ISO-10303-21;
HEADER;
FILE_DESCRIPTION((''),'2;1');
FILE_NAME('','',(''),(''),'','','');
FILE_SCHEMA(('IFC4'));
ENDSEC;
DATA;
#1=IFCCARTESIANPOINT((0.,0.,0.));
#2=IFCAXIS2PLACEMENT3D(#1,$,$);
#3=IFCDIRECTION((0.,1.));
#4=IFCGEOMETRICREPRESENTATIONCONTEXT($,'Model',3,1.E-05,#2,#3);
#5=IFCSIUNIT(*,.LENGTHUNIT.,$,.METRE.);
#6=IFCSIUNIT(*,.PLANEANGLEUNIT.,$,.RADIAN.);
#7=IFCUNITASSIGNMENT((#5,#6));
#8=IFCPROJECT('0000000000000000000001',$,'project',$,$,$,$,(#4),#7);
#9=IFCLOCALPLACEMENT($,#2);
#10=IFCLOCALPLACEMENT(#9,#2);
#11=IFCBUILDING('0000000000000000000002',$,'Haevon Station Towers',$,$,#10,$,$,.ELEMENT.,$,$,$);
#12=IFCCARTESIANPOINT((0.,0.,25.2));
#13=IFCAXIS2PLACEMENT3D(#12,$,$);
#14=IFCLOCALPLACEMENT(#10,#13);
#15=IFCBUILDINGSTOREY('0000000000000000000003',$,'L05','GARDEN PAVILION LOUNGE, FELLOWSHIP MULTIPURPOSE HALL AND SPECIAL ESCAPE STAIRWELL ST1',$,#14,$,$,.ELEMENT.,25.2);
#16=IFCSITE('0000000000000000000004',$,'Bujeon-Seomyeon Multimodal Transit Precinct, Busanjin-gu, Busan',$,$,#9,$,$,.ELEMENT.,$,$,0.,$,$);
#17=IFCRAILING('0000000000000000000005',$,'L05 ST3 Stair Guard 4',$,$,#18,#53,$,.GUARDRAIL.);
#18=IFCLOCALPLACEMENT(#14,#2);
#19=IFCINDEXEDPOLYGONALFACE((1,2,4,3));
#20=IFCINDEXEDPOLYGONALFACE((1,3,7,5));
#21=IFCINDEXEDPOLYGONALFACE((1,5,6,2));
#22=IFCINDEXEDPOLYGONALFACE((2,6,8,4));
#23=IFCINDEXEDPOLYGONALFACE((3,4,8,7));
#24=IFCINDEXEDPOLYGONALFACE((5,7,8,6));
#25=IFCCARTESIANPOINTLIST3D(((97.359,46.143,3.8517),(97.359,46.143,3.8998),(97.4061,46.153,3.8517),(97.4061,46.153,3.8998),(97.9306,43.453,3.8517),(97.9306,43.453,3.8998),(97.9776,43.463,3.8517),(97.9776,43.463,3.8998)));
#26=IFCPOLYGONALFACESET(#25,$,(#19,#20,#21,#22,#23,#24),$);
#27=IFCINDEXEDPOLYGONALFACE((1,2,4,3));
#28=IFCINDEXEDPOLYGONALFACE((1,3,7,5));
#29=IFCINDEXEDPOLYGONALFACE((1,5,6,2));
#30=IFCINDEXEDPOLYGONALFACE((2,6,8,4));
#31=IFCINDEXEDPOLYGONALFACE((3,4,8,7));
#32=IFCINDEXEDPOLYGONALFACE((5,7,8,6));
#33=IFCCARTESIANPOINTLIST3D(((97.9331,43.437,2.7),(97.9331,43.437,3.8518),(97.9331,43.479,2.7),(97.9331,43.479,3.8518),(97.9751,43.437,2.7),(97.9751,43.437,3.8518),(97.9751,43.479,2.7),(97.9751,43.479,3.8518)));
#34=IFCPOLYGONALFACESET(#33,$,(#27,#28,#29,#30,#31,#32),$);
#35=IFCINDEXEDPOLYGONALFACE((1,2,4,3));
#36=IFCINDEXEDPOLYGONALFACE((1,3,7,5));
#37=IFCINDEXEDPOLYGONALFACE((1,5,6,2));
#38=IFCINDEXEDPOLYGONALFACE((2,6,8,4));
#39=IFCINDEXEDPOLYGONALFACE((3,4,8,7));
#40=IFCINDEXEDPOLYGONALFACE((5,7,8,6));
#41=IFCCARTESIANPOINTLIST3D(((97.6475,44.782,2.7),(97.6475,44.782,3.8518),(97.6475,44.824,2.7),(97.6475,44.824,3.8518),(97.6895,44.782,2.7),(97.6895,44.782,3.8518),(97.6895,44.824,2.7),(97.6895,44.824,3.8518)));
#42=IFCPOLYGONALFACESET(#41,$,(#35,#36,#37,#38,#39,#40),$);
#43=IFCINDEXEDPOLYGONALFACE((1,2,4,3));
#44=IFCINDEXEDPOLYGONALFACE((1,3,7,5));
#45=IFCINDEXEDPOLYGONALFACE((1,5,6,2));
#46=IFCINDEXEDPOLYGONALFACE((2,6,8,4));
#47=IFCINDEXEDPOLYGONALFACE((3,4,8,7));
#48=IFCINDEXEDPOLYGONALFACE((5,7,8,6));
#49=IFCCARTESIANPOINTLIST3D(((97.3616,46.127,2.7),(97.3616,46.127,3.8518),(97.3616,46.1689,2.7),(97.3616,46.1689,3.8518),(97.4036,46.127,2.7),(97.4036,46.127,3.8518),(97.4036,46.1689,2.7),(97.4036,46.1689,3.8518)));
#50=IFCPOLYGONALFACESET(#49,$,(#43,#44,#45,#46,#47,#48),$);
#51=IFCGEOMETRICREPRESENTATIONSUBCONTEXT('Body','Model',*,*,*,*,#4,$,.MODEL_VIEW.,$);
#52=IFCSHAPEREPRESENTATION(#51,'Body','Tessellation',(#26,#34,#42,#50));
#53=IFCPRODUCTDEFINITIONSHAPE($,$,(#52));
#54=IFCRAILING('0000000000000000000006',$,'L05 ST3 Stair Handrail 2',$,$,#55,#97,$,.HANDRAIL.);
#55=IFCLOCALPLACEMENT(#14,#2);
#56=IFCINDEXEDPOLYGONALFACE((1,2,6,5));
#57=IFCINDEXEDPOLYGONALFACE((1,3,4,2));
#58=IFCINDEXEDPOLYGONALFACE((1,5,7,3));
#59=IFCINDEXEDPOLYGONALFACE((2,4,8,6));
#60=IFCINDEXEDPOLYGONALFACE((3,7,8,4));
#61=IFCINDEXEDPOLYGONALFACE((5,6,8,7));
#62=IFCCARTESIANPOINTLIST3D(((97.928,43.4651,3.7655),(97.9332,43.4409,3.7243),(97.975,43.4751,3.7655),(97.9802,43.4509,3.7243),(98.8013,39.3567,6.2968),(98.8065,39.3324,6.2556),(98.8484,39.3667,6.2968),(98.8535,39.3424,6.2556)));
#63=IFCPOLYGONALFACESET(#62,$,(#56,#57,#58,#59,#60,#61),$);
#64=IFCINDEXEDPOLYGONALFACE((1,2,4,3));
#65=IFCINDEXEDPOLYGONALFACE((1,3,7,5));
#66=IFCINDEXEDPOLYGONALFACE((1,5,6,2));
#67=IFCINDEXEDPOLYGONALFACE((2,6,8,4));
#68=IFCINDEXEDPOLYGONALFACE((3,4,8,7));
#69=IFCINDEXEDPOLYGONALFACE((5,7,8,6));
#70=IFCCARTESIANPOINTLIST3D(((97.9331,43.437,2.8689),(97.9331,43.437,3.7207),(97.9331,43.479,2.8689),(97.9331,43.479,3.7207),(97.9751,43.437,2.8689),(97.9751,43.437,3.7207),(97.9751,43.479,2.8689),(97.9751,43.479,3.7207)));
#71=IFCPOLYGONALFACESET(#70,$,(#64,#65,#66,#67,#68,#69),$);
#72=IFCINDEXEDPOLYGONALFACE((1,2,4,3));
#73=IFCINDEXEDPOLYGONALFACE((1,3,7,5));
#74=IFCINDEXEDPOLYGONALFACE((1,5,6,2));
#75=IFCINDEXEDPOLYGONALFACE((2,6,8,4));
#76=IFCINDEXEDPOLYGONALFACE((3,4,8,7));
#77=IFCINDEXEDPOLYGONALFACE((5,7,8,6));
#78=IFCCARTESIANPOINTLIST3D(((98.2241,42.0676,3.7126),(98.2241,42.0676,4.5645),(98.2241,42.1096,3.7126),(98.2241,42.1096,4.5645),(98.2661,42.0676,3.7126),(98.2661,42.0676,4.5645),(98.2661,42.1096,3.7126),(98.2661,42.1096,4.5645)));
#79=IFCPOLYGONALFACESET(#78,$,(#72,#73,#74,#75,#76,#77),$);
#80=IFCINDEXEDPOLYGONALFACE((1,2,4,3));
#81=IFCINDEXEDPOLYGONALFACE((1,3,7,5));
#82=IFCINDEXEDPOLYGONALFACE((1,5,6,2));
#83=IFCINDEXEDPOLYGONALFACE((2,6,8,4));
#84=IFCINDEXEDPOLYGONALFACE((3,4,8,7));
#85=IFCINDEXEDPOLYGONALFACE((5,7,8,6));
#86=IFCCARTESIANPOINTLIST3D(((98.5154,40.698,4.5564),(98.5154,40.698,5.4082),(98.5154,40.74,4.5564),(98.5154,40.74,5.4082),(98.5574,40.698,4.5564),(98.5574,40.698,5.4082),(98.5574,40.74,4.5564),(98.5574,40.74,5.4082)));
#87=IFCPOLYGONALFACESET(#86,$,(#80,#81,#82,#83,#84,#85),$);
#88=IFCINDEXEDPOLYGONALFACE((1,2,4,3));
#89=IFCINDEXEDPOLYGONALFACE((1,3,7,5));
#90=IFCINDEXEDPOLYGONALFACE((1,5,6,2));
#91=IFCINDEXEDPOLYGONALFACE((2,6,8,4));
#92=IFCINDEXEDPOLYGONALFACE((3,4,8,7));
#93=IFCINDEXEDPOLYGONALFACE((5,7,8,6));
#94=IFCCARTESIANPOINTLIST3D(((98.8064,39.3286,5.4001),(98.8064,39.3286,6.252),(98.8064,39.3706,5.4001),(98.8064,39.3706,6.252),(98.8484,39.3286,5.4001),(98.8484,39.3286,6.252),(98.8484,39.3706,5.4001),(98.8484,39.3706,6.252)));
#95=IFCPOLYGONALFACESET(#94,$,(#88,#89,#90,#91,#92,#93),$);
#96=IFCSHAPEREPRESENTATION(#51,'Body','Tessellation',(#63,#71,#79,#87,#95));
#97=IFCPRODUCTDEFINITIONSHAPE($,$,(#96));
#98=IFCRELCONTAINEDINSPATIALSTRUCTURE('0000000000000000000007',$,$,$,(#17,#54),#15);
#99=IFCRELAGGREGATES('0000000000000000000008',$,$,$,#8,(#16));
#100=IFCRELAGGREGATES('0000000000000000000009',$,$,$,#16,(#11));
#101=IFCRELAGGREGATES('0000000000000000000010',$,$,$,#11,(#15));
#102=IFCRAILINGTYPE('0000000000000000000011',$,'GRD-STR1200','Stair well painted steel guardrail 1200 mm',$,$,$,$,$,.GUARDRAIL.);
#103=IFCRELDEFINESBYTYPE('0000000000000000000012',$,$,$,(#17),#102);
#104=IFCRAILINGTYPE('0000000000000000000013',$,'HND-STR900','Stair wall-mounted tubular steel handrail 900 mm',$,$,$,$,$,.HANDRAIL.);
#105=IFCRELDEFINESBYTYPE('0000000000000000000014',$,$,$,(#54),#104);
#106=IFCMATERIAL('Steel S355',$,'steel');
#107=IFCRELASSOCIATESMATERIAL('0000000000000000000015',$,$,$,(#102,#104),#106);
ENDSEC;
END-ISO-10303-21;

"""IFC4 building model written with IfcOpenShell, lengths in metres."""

from ifc_helpers import new_model, si_unit, direction, frame, origin, origin_2d, place, context, subcontext, project, spatial, rectangle, extrude, material, type_object, element, save


model = new_model("IFC4")

# Units and contexts
model_context = context("Model", 3, precision=1e-05, world=origin(), true_north=direction((0.0, 1.0)))
body_context = subcontext(model_context, "Body", "Model", "MODEL_VIEW")
ifc_project = project(units=[si_unit("LENGTHUNIT", "METRE"), si_unit("PLANEANGLEUNIT", "RADIAN")], contexts=[model_context])

# Site, building, storey
site_placement = place(None, origin())
site = spatial("IfcSite", under=ifc_project, at=site_placement, Name="Bujeon-Seomyeon Multimodal Transit Precinct, Busanjin-gu, Busan", CompositionType="ELEMENT", RefElevation=0.0)
building_placement = place(site_placement, origin())
building = spatial("IfcBuilding", under=site, at=building_placement, Name="Haevon Station Towers", CompositionType="ELEMENT")
storey_placement = place(building_placement, frame((0.0, 0.0, 25.2)))
storey = spatial("IfcBuildingStorey", under=building, at=storey_placement, Name="L05", Description="GARDEN PAVILION LOUNGE, FELLOWSHIP MULTIPURPOSE HALL AND SPECIAL ESCAPE STAIRWELL ST1", CompositionType="ELEMENT", Elevation=25.2)

# Railings
ifc_material_1 = material(Name="Steel S355", Category="steel")
railing_type_1 = type_object("IfcRailingType", Name="GRD-STR1200", Description="Stair well painted steel guardrail 1200 mm", PredefinedType="GUARDRAIL", material=ifc_material_1)
railing_1_placement = place(storey_placement, frame((97.9541, 43.458, 2.7)))
element("IfcRailing", 1, at=railing_1_placement, inside=storey, type_object=railing_type_1, Name="L05 ST3 Stair Guard 4", PredefinedType="GUARDRAIL", context=body_context, shape_type="SweptSolid", body=[
    extrude(rectangle(XDim=0.0481, YDim=0.0481, at=origin_2d()), frame((0.0, 0.0, 1.1758), z_axis=(-0.207831, 0.978165, 0.0), x_axis=(-0.978165, -0.207831, 0.0)), (0.0, 0.0, 1.0), 2.75),
    extrude(rectangle(XDim=0.042, YDim=0.042, at=origin_2d()), origin(), (0.0, 0.0, 1.0), 1.1519),
    extrude(rectangle(XDim=0.042, YDim=0.042, at=origin_2d()), frame((-0.2856, 1.345, 0.0)), (0.0, 0.0, 1.0), 1.1519),
    extrude(rectangle(XDim=0.042, YDim=0.042, at=origin_2d()), frame((-0.5715, 2.6899, 0.0)), (0.0, 0.0, 1.0), 1.1519),
])
railing_type_2 = type_object("IfcRailingType", Name="HND-STR900", Description="Stair wall-mounted tubular steel handrail 900 mm", PredefinedType="HANDRAIL", material=ifc_material_1)
railing_2_placement = place(storey_placement, frame((97.9541, 43.458, 2.8689)))
element("IfcRailing", 2, at=railing_2_placement, inside=storey, type_object=railing_type_2, Name="L05 ST3 Stair Handrail 2", PredefinedType="HANDRAIL", context=body_context, shape_type="SweptSolid", body=[
    extrude(rectangle(XDim=0.0481, YDim=0.0481, at=origin_2d()), frame((0.0, 0.0, 0.876), z_axis=(0.178079, -0.837772, 0.516165), x_axis=(0.978146, 0.207917, 0.0)), (0.0, 0.0, 1.0), 4.9041),
    extrude(rectangle(XDim=0.042, YDim=0.042, at=origin_2d()), origin(), (0.0, 0.0, 1.0), 0.8518),
    extrude(rectangle(XDim=0.042, YDim=0.042, at=origin_2d()), frame((0.291, -1.3694, 0.8438)), (0.0, 0.0, 1.0), 0.8518),
    extrude(rectangle(XDim=0.042, YDim=0.042, at=origin_2d()), frame((0.5823, -2.739, 1.6875)), (0.0, 0.0, 1.0), 0.8518),
    extrude(rectangle(XDim=0.042, YDim=0.042, at=origin_2d()), frame((0.8733, -4.1084, 2.5312)), (0.0, 0.0, 1.0), 0.8518),
])

save(model, "model.ifc")
